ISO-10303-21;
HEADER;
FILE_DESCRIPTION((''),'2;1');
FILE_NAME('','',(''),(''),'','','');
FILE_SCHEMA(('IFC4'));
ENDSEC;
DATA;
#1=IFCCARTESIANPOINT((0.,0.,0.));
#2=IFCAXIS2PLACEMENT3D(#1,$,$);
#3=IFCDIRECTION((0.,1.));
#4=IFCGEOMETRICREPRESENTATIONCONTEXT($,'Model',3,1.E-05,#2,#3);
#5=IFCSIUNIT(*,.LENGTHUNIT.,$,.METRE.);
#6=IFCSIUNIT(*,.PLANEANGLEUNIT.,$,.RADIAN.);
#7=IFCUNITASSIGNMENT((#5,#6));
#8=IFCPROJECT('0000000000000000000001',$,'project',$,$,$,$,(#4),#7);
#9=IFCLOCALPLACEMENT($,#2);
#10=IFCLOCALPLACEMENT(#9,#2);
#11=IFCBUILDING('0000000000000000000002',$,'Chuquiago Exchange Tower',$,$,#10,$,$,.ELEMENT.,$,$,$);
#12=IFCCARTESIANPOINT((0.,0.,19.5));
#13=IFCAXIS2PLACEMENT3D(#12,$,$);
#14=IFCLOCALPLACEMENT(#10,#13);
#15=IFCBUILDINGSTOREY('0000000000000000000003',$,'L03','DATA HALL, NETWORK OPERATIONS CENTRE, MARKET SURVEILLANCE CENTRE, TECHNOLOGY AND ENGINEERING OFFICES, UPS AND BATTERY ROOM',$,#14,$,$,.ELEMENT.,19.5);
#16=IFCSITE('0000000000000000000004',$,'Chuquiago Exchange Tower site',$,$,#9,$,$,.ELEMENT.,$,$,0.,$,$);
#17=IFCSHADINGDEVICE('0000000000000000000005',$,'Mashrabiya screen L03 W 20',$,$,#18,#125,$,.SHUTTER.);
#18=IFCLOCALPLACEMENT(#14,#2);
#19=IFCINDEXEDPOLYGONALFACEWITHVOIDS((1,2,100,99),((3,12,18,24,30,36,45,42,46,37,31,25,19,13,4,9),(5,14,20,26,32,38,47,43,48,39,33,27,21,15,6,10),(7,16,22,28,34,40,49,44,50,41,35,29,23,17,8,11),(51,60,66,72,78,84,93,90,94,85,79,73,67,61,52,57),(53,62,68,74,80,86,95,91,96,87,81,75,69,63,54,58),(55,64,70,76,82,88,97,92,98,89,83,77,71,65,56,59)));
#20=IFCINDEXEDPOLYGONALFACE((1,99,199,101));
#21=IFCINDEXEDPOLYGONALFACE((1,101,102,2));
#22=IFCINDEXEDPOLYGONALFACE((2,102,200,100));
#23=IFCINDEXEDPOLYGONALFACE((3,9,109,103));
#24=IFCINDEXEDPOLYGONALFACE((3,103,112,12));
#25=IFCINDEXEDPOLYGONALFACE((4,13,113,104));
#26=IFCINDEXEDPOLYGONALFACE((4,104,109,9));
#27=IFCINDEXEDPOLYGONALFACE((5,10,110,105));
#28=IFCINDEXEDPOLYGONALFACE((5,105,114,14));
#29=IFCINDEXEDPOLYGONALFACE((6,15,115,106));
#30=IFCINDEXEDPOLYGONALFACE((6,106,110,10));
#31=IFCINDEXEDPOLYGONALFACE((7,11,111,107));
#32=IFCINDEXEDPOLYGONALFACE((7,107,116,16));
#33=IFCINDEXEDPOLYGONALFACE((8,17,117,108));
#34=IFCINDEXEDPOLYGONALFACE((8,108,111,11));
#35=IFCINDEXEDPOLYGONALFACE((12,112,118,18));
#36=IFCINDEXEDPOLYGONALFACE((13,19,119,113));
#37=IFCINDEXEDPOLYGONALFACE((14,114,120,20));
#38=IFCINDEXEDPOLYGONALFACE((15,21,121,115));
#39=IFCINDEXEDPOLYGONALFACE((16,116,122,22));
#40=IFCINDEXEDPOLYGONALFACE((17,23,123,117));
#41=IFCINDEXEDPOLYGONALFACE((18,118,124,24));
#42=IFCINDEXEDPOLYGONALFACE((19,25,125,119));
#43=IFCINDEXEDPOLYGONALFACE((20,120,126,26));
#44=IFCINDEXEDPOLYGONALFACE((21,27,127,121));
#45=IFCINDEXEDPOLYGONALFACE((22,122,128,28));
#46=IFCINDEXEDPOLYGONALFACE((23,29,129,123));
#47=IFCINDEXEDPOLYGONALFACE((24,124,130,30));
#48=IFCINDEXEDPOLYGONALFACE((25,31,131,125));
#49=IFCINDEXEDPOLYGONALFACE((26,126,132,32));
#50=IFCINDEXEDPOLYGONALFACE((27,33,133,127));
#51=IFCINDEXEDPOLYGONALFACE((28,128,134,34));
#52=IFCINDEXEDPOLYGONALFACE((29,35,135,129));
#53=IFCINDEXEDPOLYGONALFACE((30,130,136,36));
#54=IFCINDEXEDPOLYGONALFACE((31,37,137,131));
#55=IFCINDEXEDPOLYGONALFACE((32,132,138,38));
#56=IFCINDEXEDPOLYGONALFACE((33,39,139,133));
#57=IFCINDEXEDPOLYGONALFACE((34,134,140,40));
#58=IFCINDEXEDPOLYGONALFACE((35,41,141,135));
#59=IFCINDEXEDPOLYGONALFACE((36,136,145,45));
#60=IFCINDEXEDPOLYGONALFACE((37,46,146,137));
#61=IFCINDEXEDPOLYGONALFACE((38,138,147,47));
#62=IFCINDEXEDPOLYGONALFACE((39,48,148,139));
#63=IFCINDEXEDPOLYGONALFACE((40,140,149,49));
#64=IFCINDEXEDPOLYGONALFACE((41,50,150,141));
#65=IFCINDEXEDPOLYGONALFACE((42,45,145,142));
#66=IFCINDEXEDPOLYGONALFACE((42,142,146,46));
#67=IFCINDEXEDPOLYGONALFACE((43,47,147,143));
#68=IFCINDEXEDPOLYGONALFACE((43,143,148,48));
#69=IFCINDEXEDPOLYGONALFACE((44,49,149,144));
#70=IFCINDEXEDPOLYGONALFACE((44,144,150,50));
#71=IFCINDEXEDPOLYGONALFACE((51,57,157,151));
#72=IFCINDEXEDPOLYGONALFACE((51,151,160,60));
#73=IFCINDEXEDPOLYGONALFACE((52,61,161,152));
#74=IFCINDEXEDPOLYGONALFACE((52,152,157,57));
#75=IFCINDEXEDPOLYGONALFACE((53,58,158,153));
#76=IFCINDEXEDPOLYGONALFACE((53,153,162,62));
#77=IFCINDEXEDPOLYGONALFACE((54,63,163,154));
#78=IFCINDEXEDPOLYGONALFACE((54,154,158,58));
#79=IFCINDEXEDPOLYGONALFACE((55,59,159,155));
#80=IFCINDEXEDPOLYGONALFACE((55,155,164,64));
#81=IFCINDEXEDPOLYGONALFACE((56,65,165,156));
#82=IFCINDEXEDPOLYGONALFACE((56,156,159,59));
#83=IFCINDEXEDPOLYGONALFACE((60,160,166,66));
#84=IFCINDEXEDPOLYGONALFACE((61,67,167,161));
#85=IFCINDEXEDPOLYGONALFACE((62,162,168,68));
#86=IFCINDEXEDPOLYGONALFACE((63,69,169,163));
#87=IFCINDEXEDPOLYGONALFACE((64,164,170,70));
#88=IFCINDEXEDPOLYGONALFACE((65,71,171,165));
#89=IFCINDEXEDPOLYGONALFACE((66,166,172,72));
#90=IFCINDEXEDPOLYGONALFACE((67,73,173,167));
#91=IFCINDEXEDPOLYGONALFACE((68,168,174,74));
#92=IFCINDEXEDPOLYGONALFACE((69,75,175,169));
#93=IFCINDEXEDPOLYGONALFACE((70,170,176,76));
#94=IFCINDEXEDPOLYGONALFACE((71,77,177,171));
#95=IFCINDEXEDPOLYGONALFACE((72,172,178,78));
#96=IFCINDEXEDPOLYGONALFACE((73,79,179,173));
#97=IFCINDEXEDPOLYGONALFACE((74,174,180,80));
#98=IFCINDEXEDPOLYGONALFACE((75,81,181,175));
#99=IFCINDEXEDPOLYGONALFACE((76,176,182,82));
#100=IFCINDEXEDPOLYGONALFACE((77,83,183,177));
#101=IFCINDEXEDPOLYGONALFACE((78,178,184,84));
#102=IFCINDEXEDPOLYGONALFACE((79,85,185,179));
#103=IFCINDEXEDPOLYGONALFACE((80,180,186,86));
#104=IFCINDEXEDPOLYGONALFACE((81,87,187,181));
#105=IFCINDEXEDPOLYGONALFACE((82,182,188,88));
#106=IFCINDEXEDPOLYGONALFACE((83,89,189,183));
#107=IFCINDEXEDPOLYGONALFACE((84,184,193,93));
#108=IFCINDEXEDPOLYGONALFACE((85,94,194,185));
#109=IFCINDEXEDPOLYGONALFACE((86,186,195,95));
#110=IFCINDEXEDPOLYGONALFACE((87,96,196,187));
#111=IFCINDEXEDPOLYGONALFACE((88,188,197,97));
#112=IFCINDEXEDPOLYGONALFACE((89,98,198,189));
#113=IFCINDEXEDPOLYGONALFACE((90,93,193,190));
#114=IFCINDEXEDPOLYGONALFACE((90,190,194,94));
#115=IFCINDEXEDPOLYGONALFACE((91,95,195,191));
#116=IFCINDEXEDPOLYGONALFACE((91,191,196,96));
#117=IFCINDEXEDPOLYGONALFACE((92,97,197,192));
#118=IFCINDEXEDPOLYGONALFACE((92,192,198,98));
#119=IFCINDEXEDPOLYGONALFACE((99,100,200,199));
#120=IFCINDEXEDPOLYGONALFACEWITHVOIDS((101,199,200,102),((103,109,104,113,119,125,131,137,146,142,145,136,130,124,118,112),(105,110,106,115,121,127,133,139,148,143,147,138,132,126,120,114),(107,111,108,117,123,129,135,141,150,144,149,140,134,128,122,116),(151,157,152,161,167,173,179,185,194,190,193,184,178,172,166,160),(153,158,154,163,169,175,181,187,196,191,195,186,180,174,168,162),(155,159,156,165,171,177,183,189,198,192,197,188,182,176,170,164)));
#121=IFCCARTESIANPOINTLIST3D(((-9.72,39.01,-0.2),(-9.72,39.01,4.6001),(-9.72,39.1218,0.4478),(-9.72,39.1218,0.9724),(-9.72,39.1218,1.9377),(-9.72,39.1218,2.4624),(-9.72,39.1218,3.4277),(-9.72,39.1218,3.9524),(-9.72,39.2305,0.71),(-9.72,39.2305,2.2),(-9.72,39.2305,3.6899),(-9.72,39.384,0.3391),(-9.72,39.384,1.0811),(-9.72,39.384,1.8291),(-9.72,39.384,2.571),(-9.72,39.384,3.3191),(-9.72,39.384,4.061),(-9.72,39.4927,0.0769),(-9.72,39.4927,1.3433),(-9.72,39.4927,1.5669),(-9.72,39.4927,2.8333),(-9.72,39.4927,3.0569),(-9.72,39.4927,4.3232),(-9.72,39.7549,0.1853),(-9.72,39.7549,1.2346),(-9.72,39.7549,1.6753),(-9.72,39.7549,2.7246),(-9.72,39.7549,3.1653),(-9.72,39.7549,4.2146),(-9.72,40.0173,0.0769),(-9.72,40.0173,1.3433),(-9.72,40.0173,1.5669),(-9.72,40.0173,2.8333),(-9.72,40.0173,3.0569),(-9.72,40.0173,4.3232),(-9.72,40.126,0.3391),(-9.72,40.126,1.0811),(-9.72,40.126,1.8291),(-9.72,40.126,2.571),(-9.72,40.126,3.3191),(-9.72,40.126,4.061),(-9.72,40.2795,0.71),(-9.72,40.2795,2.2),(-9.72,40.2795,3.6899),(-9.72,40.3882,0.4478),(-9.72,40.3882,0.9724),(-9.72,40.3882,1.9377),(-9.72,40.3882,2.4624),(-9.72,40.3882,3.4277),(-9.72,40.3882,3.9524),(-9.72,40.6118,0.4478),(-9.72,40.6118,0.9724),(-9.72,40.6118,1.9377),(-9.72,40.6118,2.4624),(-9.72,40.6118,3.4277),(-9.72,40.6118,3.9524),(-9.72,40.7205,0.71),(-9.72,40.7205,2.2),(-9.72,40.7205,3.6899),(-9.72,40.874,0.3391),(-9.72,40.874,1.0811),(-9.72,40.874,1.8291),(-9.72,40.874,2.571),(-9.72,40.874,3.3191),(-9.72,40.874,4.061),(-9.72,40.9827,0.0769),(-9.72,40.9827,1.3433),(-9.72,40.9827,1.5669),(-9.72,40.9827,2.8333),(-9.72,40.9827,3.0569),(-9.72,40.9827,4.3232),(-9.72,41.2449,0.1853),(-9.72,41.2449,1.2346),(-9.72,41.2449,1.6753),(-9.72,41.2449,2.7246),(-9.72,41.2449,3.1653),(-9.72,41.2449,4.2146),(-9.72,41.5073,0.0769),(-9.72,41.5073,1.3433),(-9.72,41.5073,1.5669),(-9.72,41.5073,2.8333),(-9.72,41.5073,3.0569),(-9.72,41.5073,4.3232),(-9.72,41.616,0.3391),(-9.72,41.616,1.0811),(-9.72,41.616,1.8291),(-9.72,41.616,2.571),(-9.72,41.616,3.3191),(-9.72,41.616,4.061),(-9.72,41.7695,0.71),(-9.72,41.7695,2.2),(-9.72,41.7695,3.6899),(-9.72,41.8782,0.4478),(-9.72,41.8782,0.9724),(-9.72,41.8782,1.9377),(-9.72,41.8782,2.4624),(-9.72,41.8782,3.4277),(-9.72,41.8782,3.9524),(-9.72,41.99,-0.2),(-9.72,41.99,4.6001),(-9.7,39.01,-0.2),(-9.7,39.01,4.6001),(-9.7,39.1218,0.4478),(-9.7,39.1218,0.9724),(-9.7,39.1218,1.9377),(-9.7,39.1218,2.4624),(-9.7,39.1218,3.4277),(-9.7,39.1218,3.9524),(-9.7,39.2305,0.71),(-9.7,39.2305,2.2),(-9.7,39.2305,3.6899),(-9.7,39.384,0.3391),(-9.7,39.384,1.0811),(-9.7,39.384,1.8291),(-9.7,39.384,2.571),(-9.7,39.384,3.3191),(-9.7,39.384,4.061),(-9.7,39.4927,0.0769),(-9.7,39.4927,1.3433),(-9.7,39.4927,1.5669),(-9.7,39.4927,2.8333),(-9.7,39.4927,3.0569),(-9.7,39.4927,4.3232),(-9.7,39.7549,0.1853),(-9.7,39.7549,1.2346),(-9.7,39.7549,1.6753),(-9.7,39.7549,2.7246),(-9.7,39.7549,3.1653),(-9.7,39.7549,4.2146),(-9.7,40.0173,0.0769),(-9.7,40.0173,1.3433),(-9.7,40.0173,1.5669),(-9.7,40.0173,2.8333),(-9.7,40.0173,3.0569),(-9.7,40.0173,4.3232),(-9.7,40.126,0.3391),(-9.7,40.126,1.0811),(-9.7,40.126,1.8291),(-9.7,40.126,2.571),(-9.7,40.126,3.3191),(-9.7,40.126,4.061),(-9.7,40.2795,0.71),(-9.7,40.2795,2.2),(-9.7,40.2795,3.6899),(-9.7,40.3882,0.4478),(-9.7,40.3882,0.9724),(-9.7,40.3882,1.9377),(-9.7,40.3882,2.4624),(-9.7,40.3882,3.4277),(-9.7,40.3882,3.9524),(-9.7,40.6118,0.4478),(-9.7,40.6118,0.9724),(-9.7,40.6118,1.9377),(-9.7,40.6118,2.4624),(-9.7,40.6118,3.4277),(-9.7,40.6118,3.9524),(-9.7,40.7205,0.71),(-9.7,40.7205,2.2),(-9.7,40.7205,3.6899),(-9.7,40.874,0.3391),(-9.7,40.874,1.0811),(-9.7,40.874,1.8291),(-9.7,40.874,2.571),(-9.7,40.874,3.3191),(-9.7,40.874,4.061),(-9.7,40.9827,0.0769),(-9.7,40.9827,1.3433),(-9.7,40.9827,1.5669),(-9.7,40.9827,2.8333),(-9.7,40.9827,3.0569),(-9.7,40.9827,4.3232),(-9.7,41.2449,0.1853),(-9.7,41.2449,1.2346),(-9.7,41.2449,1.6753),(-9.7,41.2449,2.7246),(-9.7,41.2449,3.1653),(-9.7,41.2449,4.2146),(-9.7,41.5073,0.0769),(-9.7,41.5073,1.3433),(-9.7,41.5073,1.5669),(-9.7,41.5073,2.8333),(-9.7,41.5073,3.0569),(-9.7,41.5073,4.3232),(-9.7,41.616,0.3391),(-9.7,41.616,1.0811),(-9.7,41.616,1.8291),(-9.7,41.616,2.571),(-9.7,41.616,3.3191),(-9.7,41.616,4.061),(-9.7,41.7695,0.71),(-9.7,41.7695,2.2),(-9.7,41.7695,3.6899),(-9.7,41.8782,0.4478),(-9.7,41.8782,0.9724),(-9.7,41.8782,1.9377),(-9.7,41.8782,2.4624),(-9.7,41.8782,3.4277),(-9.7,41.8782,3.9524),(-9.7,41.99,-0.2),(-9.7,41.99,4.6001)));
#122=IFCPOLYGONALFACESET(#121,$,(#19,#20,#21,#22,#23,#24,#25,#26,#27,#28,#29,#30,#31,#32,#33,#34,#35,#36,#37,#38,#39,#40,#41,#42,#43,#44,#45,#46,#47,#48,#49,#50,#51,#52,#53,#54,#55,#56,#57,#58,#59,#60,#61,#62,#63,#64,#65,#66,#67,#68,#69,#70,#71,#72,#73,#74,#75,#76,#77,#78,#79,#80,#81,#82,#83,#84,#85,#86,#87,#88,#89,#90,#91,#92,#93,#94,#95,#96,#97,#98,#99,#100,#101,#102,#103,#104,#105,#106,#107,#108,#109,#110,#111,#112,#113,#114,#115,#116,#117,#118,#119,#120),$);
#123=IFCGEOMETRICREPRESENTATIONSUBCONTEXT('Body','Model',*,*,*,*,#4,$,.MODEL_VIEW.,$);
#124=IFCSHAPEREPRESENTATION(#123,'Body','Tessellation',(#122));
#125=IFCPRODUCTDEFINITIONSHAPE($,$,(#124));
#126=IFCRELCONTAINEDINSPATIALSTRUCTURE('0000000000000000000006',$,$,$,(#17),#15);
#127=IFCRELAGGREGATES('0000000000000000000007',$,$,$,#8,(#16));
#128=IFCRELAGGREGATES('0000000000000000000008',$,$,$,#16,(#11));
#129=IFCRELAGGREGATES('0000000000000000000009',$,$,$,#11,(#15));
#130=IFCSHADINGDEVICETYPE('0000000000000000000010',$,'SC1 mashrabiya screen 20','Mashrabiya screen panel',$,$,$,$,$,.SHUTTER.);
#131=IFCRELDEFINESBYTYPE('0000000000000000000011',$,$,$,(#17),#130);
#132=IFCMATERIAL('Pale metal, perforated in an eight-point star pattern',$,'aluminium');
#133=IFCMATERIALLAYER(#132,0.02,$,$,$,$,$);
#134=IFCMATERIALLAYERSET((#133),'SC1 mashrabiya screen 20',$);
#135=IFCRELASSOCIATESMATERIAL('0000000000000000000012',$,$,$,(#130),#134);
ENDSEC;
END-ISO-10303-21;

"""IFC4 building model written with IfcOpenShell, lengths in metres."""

from ifc_helpers import new_model, si_unit, direction, frame, origin, place, context, subcontext, project, spatial, polyline, outline, extrude, material, layer, layer_set, type_object, element, save


model = new_model("IFC4")

# Units and contexts
model_context = context("Model", 3, precision=1e-05, world=origin(), true_north=direction((0.0, 1.0)))
body_context = subcontext(model_context, "Body", "Model", "MODEL_VIEW")
ifc_project = project(units=[si_unit("LENGTHUNIT", "METRE"), si_unit("PLANEANGLEUNIT", "RADIAN")], contexts=[model_context])

# Site, building, storey
site_placement = place(None, origin())
site = spatial("IfcSite", under=ifc_project, at=site_placement, Name="Chuquiago Exchange Tower site", CompositionType="ELEMENT", RefElevation=0.0)
building_placement = place(site_placement, origin())
building = spatial("IfcBuilding", under=site, at=building_placement, Name="Chuquiago Exchange Tower", CompositionType="ELEMENT")
storey_placement = place(building_placement, frame((0.0, 0.0, 19.5)))
storey = spatial("IfcBuildingStorey", under=building, at=storey_placement, Name="L03", Description="DATA HALL, NETWORK OPERATIONS CENTRE, MARKET SURVEILLANCE CENTRE, TECHNOLOGY AND ENGINEERING OFFICES, UPS AND BATTERY ROOM", CompositionType="ELEMENT", Elevation=19.5)

# Shading device
ifc_material_1 = material(Name="Pale metal, perforated in an eight-point star pattern", Category="aluminium")
ifc_layer_1 = layer(ifc_material_1, 0.02)
ifc_layer_set_1 = layer_set([ifc_layer_1], Name="SC1 mashrabiya screen 20")
shading_device_type = type_object("IfcShadingDeviceType", Name="SC1 mashrabiya screen 20", Description="Mashrabiya screen panel", PredefinedType="SHUTTER", material=ifc_layer_set_1)
shading_device_1_placement = place(storey_placement, frame((-9.7, 41.99, -0.2), z_axis=(0.0, 0.0, 1.0), x_axis=(0.0, -1.0, 0.0)))
element("IfcShadingDevice", 1, at=shading_device_1_placement, inside=storey, type_object=shading_device_type, Name="Mashrabiya screen L03 W 20", PredefinedType="SHUTTER", context=body_context, shape_type="SweptSolid", body=[
    extrude(outline(polyline([(0.0, 0.0), (2.98, 0.0), (2.98, 4.8), (0.0, 4.8), (0.0, 0.0)]), holes=[polyline([(1.2695, 0.9099), (1.3782, 1.1724), (1.116, 1.281), (1.0073, 1.5432), (0.7451, 1.4346), (0.4827, 1.5432), (0.374, 1.281), (0.1118, 1.1724), (0.2205, 0.9099), (0.1118, 0.6477), (0.374, 0.5391), (0.4827, 0.2769), (0.7451, 0.3853), (1.0073, 0.2769), (1.116, 0.5391), (1.3782, 0.6477), (1.2695, 0.9099)]), polyline([(2.7595, 0.9099), (2.8682, 1.1724), (2.606, 1.281), (2.4973, 1.5432), (2.2351, 1.4346), (1.9727, 1.5432), (1.864, 1.281), (1.6018, 1.1724), (1.7104, 0.9099), (1.6018, 0.6477), (1.864, 0.5391), (1.9727, 0.2769), (2.2351, 0.3853), (2.4973, 0.2769), (2.606, 0.5391), (2.8682, 0.6477), (2.7595, 0.9099)]), polyline([(1.2695, 2.3999), (1.3782, 2.6624), (1.116, 2.771), (1.0073, 3.0332), (0.7451, 2.9246), (0.4827, 3.0332), (0.374, 2.771), (0.1118, 2.6624), (0.2205, 2.3999), (0.1118, 2.1377), (0.374, 2.0291), (0.4827, 1.7668), (0.7451, 1.8752), (1.0073, 1.7668), (1.116, 2.0291), (1.3782, 2.1377), (1.2695, 2.3999)]), polyline([(2.7595, 2.3999), (2.8682, 2.6624), (2.606, 2.771), (2.4973, 3.0332), (2.2351, 2.9246), (1.9727, 3.0332), (1.864, 2.771), (1.6018, 2.6624), (1.7104, 2.3999), (1.6018, 2.1377), (1.864, 2.0291), (1.9727, 1.7668), (2.2351, 1.8752), (2.4973, 1.7668), (2.606, 2.0291), (2.8682, 2.1377), (2.7595, 2.3999)]), polyline([(1.2695, 3.8899), (1.3782, 4.1523), (1.116, 4.261), (1.0073, 4.5232), (0.7451, 4.4146), (0.4827, 4.5232), (0.374, 4.261), (0.1118, 4.1523), (0.2205, 3.8899), (0.1118, 3.6277), (0.374, 3.519), (0.4827, 3.2568), (0.7451, 3.3652), (1.0073, 3.2568), (1.116, 3.519), (1.3782, 3.6277), (1.2695, 3.8899)]), polyline([(2.7595, 3.8899), (2.8682, 4.1523), (2.606, 4.261), (2.4973, 4.5232), (2.2351, 4.4146), (1.9727, 4.5232), (1.864, 4.261), (1.6018, 4.1523), (1.7104, 3.8899), (1.6018, 3.6277), (1.864, 3.519), (1.9727, 3.2568), (2.2351, 3.3652), (2.4973, 3.2568), (2.606, 3.519), (2.8682, 3.6277), (2.7595, 3.8899)])]), frame((0.0, 0.0, 0.0), z_axis=(0.0, -1.0, 0.0), x_axis=(1.0, 0.0, 0.0)), (0.0, 0.0, 1.0), 0.02),
])

save(model, "model.ifc")
